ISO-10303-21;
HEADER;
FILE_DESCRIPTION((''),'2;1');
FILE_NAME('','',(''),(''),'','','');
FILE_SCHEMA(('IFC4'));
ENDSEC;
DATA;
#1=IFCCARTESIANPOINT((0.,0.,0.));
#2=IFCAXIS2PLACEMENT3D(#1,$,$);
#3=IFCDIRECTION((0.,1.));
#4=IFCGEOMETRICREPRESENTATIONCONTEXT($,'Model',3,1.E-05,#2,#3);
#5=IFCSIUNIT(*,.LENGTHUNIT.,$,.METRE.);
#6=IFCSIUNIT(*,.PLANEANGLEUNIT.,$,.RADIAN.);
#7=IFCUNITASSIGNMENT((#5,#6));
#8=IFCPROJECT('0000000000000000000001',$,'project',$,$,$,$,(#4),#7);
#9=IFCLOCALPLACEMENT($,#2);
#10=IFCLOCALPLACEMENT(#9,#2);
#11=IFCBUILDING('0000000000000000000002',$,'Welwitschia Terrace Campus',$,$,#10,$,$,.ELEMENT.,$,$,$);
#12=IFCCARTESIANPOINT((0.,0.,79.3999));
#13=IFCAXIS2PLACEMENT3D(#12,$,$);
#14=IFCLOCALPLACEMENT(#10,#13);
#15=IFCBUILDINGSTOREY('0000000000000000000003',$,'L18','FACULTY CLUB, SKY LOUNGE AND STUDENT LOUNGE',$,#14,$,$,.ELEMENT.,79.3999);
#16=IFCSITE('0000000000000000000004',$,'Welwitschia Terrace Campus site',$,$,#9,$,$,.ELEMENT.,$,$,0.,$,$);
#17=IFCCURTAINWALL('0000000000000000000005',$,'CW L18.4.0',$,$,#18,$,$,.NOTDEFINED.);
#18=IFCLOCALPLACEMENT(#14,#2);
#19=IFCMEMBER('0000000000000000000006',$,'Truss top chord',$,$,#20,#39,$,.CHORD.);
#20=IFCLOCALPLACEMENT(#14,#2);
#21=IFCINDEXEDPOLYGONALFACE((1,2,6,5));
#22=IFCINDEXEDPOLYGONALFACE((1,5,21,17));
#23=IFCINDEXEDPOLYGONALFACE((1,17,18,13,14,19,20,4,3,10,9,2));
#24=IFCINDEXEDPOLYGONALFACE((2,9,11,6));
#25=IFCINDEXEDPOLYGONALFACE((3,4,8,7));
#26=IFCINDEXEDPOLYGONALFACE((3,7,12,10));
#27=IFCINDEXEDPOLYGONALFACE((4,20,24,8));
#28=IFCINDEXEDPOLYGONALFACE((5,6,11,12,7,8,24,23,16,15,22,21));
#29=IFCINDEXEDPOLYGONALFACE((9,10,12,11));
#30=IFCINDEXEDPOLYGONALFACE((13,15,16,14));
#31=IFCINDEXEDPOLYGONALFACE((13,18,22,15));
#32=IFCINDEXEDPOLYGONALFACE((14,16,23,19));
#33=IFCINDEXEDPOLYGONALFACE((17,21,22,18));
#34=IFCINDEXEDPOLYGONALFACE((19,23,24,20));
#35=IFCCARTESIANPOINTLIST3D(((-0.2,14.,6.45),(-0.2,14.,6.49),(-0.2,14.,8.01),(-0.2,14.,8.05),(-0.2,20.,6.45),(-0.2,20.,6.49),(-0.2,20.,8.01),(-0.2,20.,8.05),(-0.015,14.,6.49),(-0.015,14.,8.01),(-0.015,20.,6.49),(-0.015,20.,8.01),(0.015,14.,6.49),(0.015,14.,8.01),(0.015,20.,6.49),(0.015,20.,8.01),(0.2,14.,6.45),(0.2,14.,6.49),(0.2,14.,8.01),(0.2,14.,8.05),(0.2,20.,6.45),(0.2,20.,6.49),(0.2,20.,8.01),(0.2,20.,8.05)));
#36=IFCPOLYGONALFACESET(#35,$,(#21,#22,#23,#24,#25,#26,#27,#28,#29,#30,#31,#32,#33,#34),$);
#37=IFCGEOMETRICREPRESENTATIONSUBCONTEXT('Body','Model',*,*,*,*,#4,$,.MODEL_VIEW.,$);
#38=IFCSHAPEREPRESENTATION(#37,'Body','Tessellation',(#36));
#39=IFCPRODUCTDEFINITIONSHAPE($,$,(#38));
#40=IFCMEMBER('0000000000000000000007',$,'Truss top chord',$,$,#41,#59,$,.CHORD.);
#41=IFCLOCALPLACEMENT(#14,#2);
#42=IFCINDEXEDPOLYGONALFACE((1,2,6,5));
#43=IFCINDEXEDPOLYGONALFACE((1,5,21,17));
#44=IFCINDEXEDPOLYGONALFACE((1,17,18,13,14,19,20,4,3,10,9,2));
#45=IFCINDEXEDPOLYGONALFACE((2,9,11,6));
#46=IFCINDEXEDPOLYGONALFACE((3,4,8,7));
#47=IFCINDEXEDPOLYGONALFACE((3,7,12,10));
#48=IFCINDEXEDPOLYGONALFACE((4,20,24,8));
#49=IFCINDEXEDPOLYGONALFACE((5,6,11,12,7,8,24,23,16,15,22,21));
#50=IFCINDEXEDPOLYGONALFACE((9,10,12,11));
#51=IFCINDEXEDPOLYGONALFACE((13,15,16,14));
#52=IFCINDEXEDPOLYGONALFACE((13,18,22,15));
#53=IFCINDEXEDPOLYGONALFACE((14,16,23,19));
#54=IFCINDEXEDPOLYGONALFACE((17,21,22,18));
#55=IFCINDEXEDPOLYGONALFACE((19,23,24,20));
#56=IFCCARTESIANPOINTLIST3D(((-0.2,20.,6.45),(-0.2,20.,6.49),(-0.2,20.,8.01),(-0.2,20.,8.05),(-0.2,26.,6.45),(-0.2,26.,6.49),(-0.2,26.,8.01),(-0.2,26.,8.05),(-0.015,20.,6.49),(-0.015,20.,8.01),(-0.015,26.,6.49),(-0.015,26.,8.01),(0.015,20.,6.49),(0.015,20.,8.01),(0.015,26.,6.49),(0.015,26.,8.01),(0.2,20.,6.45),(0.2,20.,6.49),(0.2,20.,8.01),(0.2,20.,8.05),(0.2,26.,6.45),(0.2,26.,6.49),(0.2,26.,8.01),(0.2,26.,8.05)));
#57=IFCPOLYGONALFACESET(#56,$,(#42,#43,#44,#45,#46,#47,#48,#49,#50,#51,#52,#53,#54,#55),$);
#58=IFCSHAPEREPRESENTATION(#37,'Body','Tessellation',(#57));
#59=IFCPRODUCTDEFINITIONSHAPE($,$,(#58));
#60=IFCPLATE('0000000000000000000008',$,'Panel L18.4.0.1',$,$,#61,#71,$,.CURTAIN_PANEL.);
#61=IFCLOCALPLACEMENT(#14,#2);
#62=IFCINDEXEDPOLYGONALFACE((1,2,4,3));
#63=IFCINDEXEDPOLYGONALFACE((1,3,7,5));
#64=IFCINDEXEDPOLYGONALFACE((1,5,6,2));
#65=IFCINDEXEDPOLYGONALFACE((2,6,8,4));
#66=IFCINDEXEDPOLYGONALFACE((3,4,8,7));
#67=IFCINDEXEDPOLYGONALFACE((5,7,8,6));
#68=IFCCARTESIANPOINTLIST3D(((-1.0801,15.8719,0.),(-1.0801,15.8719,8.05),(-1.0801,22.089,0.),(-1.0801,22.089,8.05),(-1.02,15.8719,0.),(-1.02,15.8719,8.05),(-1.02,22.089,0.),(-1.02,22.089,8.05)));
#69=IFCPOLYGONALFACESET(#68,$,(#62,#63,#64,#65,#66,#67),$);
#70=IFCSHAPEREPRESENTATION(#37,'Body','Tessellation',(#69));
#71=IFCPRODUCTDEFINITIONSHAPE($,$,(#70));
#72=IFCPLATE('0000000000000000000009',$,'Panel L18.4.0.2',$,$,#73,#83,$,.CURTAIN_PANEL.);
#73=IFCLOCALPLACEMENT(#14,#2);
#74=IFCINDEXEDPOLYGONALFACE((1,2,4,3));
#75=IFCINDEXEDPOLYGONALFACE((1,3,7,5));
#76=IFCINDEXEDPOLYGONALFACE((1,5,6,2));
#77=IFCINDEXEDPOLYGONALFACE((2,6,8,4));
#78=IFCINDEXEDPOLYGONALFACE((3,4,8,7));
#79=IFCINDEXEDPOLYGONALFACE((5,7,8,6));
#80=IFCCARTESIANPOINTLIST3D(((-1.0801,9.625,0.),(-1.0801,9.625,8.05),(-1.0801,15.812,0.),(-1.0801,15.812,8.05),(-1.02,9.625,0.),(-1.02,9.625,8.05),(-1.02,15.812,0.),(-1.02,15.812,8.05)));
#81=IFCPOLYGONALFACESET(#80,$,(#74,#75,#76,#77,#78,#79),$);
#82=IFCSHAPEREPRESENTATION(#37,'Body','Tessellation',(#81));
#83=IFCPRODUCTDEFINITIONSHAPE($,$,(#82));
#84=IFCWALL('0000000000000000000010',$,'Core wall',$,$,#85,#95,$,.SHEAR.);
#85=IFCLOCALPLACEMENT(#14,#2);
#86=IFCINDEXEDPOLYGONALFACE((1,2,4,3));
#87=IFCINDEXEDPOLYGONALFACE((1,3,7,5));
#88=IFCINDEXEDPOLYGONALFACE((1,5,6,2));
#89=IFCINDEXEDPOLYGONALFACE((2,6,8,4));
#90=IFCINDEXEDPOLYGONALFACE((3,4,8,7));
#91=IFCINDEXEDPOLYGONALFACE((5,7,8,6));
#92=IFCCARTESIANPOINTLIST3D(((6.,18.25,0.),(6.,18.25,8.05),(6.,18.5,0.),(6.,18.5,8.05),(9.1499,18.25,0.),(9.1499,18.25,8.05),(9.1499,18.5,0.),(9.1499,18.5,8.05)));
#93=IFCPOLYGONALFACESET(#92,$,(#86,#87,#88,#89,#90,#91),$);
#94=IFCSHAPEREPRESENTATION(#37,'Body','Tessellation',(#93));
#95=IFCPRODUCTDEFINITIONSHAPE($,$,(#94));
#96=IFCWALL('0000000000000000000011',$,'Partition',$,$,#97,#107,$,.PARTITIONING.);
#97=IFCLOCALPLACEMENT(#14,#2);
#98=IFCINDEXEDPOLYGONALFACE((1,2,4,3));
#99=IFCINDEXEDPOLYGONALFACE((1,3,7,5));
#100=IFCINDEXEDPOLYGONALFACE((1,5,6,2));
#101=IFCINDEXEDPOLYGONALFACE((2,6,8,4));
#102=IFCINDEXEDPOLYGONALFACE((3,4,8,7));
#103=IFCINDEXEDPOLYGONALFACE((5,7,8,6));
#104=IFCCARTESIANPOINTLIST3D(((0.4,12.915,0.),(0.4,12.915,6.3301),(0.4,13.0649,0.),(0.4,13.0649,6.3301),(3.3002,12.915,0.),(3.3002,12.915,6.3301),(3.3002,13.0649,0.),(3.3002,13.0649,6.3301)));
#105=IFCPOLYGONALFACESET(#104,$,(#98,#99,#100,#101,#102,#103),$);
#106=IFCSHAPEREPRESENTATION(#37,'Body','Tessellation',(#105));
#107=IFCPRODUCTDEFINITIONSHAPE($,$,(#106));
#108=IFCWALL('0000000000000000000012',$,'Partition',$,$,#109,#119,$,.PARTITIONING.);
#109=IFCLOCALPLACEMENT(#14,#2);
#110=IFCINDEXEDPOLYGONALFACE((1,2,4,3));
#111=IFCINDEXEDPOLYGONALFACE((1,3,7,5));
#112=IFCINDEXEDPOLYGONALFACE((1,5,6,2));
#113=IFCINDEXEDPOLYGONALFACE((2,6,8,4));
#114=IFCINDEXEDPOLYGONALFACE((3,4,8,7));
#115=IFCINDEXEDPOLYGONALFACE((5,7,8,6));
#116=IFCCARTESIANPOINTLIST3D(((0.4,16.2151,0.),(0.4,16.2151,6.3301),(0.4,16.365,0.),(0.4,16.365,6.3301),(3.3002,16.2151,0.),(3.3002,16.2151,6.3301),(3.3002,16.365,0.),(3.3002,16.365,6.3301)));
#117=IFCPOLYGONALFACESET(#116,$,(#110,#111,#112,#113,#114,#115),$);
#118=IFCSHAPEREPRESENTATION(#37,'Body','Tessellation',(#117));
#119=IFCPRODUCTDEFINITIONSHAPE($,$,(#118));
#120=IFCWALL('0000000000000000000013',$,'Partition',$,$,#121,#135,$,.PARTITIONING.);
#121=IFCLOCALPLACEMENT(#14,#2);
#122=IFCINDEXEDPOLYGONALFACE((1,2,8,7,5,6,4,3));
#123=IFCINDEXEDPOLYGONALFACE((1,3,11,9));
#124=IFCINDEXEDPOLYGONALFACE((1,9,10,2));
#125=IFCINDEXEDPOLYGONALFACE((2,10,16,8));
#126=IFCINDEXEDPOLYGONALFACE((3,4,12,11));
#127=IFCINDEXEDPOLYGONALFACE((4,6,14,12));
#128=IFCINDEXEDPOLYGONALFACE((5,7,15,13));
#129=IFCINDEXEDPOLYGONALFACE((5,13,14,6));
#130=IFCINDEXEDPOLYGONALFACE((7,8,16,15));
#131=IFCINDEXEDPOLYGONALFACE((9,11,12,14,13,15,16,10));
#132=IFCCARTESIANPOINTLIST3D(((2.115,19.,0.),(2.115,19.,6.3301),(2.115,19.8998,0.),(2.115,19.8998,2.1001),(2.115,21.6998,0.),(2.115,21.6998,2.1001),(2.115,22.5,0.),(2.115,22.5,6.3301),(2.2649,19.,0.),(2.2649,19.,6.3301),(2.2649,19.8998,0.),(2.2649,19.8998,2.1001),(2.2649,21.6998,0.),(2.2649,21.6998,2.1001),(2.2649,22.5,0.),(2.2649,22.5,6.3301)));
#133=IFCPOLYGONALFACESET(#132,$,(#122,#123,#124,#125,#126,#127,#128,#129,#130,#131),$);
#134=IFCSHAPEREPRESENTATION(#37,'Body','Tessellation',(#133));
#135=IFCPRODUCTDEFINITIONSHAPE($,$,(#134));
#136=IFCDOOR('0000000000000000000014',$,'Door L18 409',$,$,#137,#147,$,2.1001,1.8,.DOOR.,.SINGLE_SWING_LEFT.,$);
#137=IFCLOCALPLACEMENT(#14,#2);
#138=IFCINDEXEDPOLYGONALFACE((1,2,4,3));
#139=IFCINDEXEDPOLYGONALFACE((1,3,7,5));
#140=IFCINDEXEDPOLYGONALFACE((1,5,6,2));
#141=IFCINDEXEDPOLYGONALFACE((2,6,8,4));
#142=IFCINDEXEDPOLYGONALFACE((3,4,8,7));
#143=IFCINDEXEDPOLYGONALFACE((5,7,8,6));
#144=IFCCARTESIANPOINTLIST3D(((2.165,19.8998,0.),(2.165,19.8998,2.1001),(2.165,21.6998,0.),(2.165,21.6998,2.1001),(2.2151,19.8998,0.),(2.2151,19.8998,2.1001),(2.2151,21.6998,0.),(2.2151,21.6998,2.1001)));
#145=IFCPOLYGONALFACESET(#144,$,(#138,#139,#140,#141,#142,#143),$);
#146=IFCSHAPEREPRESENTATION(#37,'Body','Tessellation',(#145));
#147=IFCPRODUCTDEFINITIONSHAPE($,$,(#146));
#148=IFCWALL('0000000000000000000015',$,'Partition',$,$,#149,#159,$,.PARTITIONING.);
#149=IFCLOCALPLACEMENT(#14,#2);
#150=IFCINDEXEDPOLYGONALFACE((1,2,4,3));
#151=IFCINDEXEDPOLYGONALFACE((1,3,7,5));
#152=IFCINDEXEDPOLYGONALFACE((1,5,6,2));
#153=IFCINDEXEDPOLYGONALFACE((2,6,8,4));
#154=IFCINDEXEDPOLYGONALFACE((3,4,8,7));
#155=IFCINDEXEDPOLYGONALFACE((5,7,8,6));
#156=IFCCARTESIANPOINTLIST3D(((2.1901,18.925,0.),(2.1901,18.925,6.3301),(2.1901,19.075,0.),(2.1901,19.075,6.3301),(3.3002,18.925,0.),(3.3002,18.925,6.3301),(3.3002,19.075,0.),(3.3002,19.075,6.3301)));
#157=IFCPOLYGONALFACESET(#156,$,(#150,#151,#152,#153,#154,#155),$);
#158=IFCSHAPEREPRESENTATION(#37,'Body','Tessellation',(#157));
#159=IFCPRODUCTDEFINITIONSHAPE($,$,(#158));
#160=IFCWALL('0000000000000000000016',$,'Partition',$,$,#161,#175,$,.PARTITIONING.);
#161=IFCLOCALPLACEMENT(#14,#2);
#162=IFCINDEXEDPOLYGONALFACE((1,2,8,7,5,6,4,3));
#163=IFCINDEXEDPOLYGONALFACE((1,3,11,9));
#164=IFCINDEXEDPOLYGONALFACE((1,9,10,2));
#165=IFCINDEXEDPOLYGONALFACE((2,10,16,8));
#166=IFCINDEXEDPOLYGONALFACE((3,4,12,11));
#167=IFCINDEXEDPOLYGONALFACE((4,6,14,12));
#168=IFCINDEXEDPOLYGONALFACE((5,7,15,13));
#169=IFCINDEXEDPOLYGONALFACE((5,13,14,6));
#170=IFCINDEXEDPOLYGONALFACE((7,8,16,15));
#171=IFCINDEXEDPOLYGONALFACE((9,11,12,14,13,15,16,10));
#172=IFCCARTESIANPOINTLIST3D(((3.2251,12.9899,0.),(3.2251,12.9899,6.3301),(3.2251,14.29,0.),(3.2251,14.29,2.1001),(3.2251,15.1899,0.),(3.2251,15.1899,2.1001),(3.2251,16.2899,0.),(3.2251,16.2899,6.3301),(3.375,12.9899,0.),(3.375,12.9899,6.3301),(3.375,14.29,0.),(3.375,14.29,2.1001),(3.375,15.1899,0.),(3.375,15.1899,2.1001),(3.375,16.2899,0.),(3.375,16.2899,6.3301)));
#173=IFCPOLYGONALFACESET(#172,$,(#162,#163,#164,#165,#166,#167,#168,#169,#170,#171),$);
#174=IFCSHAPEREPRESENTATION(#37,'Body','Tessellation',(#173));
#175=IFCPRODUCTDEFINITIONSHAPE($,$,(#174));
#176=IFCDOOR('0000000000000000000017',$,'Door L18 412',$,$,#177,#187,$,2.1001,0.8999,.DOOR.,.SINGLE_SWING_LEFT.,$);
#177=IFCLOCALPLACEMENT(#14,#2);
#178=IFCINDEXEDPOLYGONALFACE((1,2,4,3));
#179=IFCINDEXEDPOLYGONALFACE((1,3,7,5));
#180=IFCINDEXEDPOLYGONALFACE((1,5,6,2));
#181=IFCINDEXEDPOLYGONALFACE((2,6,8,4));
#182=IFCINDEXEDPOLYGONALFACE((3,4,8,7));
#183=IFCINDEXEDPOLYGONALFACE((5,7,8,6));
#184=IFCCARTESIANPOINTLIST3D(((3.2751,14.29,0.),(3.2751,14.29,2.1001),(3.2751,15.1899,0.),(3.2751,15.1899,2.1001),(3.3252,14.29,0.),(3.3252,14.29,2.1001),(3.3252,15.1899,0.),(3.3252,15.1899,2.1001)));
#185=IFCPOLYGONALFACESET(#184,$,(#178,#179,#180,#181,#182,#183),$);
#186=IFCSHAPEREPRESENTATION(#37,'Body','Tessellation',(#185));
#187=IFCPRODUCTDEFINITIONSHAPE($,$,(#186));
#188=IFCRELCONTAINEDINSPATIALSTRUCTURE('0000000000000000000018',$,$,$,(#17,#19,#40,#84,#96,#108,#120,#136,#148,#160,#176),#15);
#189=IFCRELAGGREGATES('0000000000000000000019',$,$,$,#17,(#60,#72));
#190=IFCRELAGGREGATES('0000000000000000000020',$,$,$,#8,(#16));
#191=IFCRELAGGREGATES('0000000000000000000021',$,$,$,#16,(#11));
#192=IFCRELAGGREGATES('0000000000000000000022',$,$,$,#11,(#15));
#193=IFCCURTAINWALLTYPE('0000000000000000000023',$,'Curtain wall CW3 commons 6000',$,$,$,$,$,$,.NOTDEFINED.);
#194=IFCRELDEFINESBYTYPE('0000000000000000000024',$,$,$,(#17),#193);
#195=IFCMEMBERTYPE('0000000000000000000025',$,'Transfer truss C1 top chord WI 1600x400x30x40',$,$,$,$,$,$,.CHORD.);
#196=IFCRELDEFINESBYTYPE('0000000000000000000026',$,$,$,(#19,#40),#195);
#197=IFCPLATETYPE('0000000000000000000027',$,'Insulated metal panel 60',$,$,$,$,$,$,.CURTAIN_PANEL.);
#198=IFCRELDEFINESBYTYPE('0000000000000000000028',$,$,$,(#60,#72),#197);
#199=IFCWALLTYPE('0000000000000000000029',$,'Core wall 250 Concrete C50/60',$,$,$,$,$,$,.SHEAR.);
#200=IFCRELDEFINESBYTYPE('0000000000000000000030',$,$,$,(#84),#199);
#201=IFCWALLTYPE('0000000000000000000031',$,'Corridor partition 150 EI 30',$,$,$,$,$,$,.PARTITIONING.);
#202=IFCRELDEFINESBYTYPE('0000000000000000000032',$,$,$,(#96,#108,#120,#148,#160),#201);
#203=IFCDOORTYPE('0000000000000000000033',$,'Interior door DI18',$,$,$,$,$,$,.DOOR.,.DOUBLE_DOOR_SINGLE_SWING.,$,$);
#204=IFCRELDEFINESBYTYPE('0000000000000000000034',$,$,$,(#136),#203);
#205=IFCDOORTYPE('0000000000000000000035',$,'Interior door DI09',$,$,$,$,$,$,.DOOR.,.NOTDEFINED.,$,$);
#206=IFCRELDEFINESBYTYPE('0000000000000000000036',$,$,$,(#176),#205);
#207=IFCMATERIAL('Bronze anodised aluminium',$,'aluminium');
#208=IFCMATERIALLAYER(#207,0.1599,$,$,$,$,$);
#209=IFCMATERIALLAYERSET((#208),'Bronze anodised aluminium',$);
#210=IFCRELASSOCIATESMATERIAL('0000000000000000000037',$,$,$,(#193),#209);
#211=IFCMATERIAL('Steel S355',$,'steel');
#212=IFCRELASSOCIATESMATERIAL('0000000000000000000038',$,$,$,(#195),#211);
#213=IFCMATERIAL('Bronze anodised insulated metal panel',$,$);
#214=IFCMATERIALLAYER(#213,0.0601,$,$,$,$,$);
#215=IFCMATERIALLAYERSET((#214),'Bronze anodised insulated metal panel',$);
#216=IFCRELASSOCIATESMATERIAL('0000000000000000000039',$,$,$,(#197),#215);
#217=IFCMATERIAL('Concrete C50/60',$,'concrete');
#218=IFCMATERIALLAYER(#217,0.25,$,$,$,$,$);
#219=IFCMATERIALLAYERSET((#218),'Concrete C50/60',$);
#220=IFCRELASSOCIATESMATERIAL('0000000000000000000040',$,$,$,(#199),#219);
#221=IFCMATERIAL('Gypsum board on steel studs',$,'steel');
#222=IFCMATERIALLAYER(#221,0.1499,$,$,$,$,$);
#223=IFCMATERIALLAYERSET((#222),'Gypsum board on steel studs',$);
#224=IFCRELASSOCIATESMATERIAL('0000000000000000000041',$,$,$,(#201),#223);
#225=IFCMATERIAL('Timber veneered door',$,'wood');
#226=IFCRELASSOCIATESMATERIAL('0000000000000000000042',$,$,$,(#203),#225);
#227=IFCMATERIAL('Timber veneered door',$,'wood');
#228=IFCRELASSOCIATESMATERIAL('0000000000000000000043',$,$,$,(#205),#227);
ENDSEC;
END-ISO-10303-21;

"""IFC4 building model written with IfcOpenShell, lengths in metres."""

from ifc_helpers import new_model, si_unit, direction, frame, frame_2d, origin, origin_2d, place, context, subcontext, project, spatial, rectangle, i_section, extrude, material, layer, layer_set, material_profile, profile_set, type_object, element, fill, aggregate, save


model = new_model("IFC4")

# Units and contexts
model_context = context("Model", 3, precision=1e-05, world=origin(), true_north=direction((0.0, 1.0)))
body_context = subcontext(model_context, "Body", "Model", "MODEL_VIEW")
ifc_project = project(units=[si_unit("LENGTHUNIT", "METRE"), si_unit("PLANEANGLEUNIT", "RADIAN")], contexts=[model_context])

# Site, building, storey
site_placement = place(None, origin())
site = spatial("IfcSite", under=ifc_project, at=site_placement, Name="Welwitschia Terrace Campus site", CompositionType="ELEMENT", RefElevation=0.0)
building_placement = place(site_placement, origin())
building = spatial("IfcBuilding", under=site, at=building_placement, Name="Welwitschia Terrace Campus", CompositionType="ELEMENT")
storey_placement = place(building_placement, frame((0.0, 0.0, 79.3999)))
storey = spatial("IfcBuildingStorey", under=building, at=storey_placement, Name="L18", Description="FACULTY CLUB, SKY LOUNGE AND STUDENT LOUNGE", CompositionType="ELEMENT", Elevation=79.3999)

# Curtain wall
ifc_material_1 = material(Name="Bronze anodised aluminium", Category="aluminium")
ifc_layer_1 = layer(ifc_material_1, 0.1599)
ifc_layer_set_1 = layer_set([ifc_layer_1], Name="Bronze anodised aluminium")
curtain_wall_type = type_object("IfcCurtainWallType", Name="Curtain wall CW3 commons 6000", PredefinedType="NOTDEFINED", material=ifc_layer_set_1)
curtain_wall_placement = place(storey_placement, origin())
curtain_wall = element("IfcCurtainWall", 1, at=curtain_wall_placement, inside=storey, type_object=curtain_wall_type, Name="CW L18.4.0", PredefinedType="NOTDEFINED")

# Members
ifc_material_2 = material(Name="Steel S355", Category="steel")
ifc_material_profile_1 = material_profile(ifc_material_2, i_section(OverallWidth=0.3999, OverallDepth=1.6001, WebThickness=0.03, FlangeThickness=0.04, at=origin_2d()))
ifc_profile_set_1 = profile_set([ifc_material_profile_1], Name="Steel S355")
member_type_1 = type_object("IfcMemberType", Name="Transfer truss C1 top chord WI 1600x400x30x40", PredefinedType="CHORD", material=ifc_profile_set_1)
for number, where, z_axis, x_axis, name in (
    (2, (0.0, 14.0, 7.25), (0.0, 1.0, 0.0), (-1.0, 0.0, 0.0), "Truss top chord"),
    (3, (0.0, 20.0, 7.25), (0.0, 1.0, 0.0), (-1.0, 0.0, 0.0), "Truss top chord"),
):
    element("IfcMember", number, at=place(storey_placement, frame(where, z_axis=z_axis, x_axis=x_axis)), inside=storey, type_object=member_type_1, Name=name, PredefinedType="CHORD", context=body_context, shape_type="SweptSolid", body=[
        extrude(i_section(OverallWidth=0.3999, OverallDepth=1.6001, WebThickness=0.03, FlangeThickness=0.04, at=origin_2d()), origin(), (0.0, 0.0, 1.0), 6.0),
    ])

# Plates
ifc_material_3 = material(Name="Bronze anodised insulated metal panel")
ifc_layer_2 = layer(ifc_material_3, 0.0601)
ifc_layer_set_2 = layer_set([ifc_layer_2], Name="Bronze anodised insulated metal panel")
plate_type = type_object("IfcPlateType", Name="Insulated metal panel 60", PredefinedType="CURTAIN_PANEL", material=ifc_layer_set_2)
plate_1_placement = place(storey_placement, frame((-1.05, 18.9805, 0.0), z_axis=(0.0, 0.0, 1.0), x_axis=(0.0, -1.0, 0.0)))
plate_1 = element("IfcPlate", 4, at=plate_1_placement, type_object=plate_type, Name="Panel L18.4.0.1", PredefinedType="CURTAIN_PANEL", context=body_context, shape_type="SweptSolid", body=[
    extrude(rectangle(XDim=6.217, YDim=0.0601, at=origin_2d()), origin(), (0.0, 0.0, 1.0), 8.05),
])
plate_2_placement = place(storey_placement, frame((-1.05, 12.7185, 0.0), z_axis=(0.0, 0.0, 1.0), x_axis=(0.0, -1.0, 0.0)))
plate_2 = element("IfcPlate", 5, at=plate_2_placement, type_object=plate_type, Name="Panel L18.4.0.2", PredefinedType="CURTAIN_PANEL", context=body_context, shape_type="SweptSolid", body=[
    extrude(rectangle(XDim=6.187, YDim=0.0601, at=origin_2d()), origin(), (0.0, 0.0, 1.0), 8.05),
])
aggregate(curtain_wall, [plate_1, plate_2])

# Walls
ifc_material_4 = material(Name="Concrete C50/60", Category="concrete")
ifc_layer_3 = layer(ifc_material_4, 0.25)
ifc_layer_set_3 = layer_set([ifc_layer_3], Name="Concrete C50/60")
wall_type_1 = type_object("IfcWallType", Name="Core wall 250 Concrete C50/60", PredefinedType="SHEAR", material=ifc_layer_set_3)
wall_1_placement = place(storey_placement, frame((6.0, 18.375, 0.0), z_axis=(0.0, 0.0, 1.0), x_axis=(1.0, 0.0, 0.0)))
element("IfcWall", 6, at=wall_1_placement, inside=storey, type_object=wall_type_1, Name="Core wall", PredefinedType="SHEAR", context=body_context, shape_type="SweptSolid", body=[
    extrude(rectangle(XDim=3.1499, YDim=0.25, at=frame_2d((1.575, 0.0))), origin(), (0.0, 0.0, 1.0), 8.05),
])
ifc_material_5 = material(Name="Gypsum board on steel studs", Category="steel")
ifc_layer_4 = layer(ifc_material_5, 0.1499)
ifc_layer_set_4 = layer_set([ifc_layer_4], Name="Gypsum board on steel studs")
wall_type_2 = type_object("IfcWallType", Name="Corridor partition 150 EI 30", PredefinedType="PARTITIONING", material=ifc_layer_set_4)
for number, where, z_axis, x_axis, name in (
    (7, (0.3999, 12.99, 0.0), (0.0, 0.0, 1.0), (1.0, 0.0, 0.0), "Partition"),
    (8, (0.3999, 16.29, 0.0), (0.0, 0.0, 1.0), (1.0, 0.0, 0.0), "Partition"),
):
    element("IfcWall", number, at=place(storey_placement, frame(where, z_axis=z_axis, x_axis=x_axis)), inside=storey, type_object=wall_type_2, Name=name, PredefinedType="PARTITIONING", context=body_context, shape_type="SweptSolid", body=[
        extrude(rectangle(XDim=2.9001, YDim=0.1499, at=frame_2d((1.4502, 0.0))), origin(), (0.0, 0.0, 1.0), 6.3301),
    ])

# Wall, opening, door
wall_2_placement = place(storey_placement, frame((2.1899, 19.0, 0.0), z_axis=(0.0, 0.0, 1.0), x_axis=(0.0, 1.0, 0.0)))
wall_2 = element("IfcWall", 9, at=wall_2_placement, inside=storey, type_object=wall_type_2, Name="Partition", PredefinedType="PARTITIONING", context=body_context, shape_type="SweptSolid", body=[
    extrude(rectangle(XDim=3.5, YDim=0.1499, at=frame_2d((1.75, 0.0))), origin(), (0.0, 0.0, 1.0), 6.3301),
])
opening_1_placement = place(wall_2_placement, frame((0.8999, 0.0, 0.0)))
opening_1 = element("IfcOpeningElement", 10, at=opening_1_placement, cuts=wall_2, PredefinedType="OPENING", context=body_context, shape_type="SweptSolid", body=[
    extrude(rectangle(XDim=1.8, YDim=2.1001, at=frame_2d((0.8999, 1.05))), frame((0.0, 0.085, 0.0), z_axis=(0.0, -1.0, 0.0), x_axis=(1.0, 0.0, 0.0)), (0.0, 0.0, 1.0), 0.1699),
])
ifc_material_6 = material(Name="Timber veneered door", Category="wood")
door_type_1 = type_object("IfcDoorType", Name="Interior door DI18", OperationType="DOUBLE_DOOR_SINGLE_SWING", PredefinedType="DOOR", material=ifc_material_6)
door_1_placement = place(opening_1_placement, origin())
door_1 = element("IfcDoor", 11, at=door_1_placement, inside=storey, type_object=door_type_1, Name="Door L18 409", OperationType="SINGLE_SWING_LEFT", OverallHeight=2.1001, OverallWidth=1.8, PredefinedType="DOOR", context=body_context, shape_type="SweptSolid", body=[
    extrude(rectangle(XDim=1.8, YDim=2.1001, at=frame_2d((0.8999, 1.05))), frame((0.0, 0.0249, 0.0), z_axis=(0.0, -1.0, 0.0), x_axis=(1.0, 0.0, 0.0)), (0.0, 0.0, 1.0), 0.05),
])
fill(opening_1, door_1)

# Wall
wall_3_placement = place(storey_placement, frame((2.1899, 19.0, 0.0), z_axis=(0.0, 0.0, 1.0), x_axis=(1.0, 0.0, 0.0)))
element("IfcWall", 12, at=wall_3_placement, inside=storey, type_object=wall_type_2, Name="Partition", PredefinedType="PARTITIONING", context=body_context, shape_type="SweptSolid", body=[
    extrude(rectangle(XDim=1.1101, YDim=0.1499, at=frame_2d((0.5552, 0.0))), origin(), (0.0, 0.0, 1.0), 6.3301),
])

# Wall, opening, door
wall_4_placement = place(storey_placement, frame((3.3, 12.99, 0.0), z_axis=(0.0, 0.0, 1.0), x_axis=(0.0, 1.0, 0.0)))
wall_4 = element("IfcWall", 13, at=wall_4_placement, inside=storey, type_object=wall_type_2, Name="Partition", PredefinedType="PARTITIONING", context=body_context, shape_type="SweptSolid", body=[
    extrude(rectangle(XDim=3.3, YDim=0.1499, at=frame_2d((1.6499, 0.0))), origin(), (0.0, 0.0, 1.0), 6.3301),
])
opening_2_placement = place(wall_4_placement, frame((1.3, 0.0, 0.0)))
opening_2 = element("IfcOpeningElement", 14, at=opening_2_placement, cuts=wall_4, PredefinedType="OPENING", context=body_context, shape_type="SweptSolid", body=[
    extrude(rectangle(XDim=0.8999, YDim=2.1001, at=frame_2d((0.45, 1.05))), frame((0.0, 0.085, 0.0), z_axis=(0.0, -1.0, 0.0), x_axis=(1.0, 0.0, 0.0)), (0.0, 0.0, 1.0), 0.1699),
])
ifc_material_7 = material(Name="Timber veneered door", Category="wood")
door_type_2 = type_object("IfcDoorType", Name="Interior door DI09", OperationType="NOTDEFINED", PredefinedType="DOOR", material=ifc_material_7)
door_2_placement = place(opening_2_placement, origin())
door_2 = element("IfcDoor", 15, at=door_2_placement, inside=storey, type_object=door_type_2, Name="Door L18 412", OperationType="SINGLE_SWING_LEFT", OverallHeight=2.1001, OverallWidth=0.8999, PredefinedType="DOOR", context=body_context, shape_type="SweptSolid", body=[
    extrude(rectangle(XDim=0.8999, YDim=2.1001, at=frame_2d((0.45, 1.05))), frame((0.0, 0.0249, 0.0), z_axis=(0.0, -1.0, 0.0), x_axis=(1.0, 0.0, 0.0)), (0.0, 0.0, 1.0), 0.05),
])
fill(opening_2, door_2)

save(model, "model.ifc")
